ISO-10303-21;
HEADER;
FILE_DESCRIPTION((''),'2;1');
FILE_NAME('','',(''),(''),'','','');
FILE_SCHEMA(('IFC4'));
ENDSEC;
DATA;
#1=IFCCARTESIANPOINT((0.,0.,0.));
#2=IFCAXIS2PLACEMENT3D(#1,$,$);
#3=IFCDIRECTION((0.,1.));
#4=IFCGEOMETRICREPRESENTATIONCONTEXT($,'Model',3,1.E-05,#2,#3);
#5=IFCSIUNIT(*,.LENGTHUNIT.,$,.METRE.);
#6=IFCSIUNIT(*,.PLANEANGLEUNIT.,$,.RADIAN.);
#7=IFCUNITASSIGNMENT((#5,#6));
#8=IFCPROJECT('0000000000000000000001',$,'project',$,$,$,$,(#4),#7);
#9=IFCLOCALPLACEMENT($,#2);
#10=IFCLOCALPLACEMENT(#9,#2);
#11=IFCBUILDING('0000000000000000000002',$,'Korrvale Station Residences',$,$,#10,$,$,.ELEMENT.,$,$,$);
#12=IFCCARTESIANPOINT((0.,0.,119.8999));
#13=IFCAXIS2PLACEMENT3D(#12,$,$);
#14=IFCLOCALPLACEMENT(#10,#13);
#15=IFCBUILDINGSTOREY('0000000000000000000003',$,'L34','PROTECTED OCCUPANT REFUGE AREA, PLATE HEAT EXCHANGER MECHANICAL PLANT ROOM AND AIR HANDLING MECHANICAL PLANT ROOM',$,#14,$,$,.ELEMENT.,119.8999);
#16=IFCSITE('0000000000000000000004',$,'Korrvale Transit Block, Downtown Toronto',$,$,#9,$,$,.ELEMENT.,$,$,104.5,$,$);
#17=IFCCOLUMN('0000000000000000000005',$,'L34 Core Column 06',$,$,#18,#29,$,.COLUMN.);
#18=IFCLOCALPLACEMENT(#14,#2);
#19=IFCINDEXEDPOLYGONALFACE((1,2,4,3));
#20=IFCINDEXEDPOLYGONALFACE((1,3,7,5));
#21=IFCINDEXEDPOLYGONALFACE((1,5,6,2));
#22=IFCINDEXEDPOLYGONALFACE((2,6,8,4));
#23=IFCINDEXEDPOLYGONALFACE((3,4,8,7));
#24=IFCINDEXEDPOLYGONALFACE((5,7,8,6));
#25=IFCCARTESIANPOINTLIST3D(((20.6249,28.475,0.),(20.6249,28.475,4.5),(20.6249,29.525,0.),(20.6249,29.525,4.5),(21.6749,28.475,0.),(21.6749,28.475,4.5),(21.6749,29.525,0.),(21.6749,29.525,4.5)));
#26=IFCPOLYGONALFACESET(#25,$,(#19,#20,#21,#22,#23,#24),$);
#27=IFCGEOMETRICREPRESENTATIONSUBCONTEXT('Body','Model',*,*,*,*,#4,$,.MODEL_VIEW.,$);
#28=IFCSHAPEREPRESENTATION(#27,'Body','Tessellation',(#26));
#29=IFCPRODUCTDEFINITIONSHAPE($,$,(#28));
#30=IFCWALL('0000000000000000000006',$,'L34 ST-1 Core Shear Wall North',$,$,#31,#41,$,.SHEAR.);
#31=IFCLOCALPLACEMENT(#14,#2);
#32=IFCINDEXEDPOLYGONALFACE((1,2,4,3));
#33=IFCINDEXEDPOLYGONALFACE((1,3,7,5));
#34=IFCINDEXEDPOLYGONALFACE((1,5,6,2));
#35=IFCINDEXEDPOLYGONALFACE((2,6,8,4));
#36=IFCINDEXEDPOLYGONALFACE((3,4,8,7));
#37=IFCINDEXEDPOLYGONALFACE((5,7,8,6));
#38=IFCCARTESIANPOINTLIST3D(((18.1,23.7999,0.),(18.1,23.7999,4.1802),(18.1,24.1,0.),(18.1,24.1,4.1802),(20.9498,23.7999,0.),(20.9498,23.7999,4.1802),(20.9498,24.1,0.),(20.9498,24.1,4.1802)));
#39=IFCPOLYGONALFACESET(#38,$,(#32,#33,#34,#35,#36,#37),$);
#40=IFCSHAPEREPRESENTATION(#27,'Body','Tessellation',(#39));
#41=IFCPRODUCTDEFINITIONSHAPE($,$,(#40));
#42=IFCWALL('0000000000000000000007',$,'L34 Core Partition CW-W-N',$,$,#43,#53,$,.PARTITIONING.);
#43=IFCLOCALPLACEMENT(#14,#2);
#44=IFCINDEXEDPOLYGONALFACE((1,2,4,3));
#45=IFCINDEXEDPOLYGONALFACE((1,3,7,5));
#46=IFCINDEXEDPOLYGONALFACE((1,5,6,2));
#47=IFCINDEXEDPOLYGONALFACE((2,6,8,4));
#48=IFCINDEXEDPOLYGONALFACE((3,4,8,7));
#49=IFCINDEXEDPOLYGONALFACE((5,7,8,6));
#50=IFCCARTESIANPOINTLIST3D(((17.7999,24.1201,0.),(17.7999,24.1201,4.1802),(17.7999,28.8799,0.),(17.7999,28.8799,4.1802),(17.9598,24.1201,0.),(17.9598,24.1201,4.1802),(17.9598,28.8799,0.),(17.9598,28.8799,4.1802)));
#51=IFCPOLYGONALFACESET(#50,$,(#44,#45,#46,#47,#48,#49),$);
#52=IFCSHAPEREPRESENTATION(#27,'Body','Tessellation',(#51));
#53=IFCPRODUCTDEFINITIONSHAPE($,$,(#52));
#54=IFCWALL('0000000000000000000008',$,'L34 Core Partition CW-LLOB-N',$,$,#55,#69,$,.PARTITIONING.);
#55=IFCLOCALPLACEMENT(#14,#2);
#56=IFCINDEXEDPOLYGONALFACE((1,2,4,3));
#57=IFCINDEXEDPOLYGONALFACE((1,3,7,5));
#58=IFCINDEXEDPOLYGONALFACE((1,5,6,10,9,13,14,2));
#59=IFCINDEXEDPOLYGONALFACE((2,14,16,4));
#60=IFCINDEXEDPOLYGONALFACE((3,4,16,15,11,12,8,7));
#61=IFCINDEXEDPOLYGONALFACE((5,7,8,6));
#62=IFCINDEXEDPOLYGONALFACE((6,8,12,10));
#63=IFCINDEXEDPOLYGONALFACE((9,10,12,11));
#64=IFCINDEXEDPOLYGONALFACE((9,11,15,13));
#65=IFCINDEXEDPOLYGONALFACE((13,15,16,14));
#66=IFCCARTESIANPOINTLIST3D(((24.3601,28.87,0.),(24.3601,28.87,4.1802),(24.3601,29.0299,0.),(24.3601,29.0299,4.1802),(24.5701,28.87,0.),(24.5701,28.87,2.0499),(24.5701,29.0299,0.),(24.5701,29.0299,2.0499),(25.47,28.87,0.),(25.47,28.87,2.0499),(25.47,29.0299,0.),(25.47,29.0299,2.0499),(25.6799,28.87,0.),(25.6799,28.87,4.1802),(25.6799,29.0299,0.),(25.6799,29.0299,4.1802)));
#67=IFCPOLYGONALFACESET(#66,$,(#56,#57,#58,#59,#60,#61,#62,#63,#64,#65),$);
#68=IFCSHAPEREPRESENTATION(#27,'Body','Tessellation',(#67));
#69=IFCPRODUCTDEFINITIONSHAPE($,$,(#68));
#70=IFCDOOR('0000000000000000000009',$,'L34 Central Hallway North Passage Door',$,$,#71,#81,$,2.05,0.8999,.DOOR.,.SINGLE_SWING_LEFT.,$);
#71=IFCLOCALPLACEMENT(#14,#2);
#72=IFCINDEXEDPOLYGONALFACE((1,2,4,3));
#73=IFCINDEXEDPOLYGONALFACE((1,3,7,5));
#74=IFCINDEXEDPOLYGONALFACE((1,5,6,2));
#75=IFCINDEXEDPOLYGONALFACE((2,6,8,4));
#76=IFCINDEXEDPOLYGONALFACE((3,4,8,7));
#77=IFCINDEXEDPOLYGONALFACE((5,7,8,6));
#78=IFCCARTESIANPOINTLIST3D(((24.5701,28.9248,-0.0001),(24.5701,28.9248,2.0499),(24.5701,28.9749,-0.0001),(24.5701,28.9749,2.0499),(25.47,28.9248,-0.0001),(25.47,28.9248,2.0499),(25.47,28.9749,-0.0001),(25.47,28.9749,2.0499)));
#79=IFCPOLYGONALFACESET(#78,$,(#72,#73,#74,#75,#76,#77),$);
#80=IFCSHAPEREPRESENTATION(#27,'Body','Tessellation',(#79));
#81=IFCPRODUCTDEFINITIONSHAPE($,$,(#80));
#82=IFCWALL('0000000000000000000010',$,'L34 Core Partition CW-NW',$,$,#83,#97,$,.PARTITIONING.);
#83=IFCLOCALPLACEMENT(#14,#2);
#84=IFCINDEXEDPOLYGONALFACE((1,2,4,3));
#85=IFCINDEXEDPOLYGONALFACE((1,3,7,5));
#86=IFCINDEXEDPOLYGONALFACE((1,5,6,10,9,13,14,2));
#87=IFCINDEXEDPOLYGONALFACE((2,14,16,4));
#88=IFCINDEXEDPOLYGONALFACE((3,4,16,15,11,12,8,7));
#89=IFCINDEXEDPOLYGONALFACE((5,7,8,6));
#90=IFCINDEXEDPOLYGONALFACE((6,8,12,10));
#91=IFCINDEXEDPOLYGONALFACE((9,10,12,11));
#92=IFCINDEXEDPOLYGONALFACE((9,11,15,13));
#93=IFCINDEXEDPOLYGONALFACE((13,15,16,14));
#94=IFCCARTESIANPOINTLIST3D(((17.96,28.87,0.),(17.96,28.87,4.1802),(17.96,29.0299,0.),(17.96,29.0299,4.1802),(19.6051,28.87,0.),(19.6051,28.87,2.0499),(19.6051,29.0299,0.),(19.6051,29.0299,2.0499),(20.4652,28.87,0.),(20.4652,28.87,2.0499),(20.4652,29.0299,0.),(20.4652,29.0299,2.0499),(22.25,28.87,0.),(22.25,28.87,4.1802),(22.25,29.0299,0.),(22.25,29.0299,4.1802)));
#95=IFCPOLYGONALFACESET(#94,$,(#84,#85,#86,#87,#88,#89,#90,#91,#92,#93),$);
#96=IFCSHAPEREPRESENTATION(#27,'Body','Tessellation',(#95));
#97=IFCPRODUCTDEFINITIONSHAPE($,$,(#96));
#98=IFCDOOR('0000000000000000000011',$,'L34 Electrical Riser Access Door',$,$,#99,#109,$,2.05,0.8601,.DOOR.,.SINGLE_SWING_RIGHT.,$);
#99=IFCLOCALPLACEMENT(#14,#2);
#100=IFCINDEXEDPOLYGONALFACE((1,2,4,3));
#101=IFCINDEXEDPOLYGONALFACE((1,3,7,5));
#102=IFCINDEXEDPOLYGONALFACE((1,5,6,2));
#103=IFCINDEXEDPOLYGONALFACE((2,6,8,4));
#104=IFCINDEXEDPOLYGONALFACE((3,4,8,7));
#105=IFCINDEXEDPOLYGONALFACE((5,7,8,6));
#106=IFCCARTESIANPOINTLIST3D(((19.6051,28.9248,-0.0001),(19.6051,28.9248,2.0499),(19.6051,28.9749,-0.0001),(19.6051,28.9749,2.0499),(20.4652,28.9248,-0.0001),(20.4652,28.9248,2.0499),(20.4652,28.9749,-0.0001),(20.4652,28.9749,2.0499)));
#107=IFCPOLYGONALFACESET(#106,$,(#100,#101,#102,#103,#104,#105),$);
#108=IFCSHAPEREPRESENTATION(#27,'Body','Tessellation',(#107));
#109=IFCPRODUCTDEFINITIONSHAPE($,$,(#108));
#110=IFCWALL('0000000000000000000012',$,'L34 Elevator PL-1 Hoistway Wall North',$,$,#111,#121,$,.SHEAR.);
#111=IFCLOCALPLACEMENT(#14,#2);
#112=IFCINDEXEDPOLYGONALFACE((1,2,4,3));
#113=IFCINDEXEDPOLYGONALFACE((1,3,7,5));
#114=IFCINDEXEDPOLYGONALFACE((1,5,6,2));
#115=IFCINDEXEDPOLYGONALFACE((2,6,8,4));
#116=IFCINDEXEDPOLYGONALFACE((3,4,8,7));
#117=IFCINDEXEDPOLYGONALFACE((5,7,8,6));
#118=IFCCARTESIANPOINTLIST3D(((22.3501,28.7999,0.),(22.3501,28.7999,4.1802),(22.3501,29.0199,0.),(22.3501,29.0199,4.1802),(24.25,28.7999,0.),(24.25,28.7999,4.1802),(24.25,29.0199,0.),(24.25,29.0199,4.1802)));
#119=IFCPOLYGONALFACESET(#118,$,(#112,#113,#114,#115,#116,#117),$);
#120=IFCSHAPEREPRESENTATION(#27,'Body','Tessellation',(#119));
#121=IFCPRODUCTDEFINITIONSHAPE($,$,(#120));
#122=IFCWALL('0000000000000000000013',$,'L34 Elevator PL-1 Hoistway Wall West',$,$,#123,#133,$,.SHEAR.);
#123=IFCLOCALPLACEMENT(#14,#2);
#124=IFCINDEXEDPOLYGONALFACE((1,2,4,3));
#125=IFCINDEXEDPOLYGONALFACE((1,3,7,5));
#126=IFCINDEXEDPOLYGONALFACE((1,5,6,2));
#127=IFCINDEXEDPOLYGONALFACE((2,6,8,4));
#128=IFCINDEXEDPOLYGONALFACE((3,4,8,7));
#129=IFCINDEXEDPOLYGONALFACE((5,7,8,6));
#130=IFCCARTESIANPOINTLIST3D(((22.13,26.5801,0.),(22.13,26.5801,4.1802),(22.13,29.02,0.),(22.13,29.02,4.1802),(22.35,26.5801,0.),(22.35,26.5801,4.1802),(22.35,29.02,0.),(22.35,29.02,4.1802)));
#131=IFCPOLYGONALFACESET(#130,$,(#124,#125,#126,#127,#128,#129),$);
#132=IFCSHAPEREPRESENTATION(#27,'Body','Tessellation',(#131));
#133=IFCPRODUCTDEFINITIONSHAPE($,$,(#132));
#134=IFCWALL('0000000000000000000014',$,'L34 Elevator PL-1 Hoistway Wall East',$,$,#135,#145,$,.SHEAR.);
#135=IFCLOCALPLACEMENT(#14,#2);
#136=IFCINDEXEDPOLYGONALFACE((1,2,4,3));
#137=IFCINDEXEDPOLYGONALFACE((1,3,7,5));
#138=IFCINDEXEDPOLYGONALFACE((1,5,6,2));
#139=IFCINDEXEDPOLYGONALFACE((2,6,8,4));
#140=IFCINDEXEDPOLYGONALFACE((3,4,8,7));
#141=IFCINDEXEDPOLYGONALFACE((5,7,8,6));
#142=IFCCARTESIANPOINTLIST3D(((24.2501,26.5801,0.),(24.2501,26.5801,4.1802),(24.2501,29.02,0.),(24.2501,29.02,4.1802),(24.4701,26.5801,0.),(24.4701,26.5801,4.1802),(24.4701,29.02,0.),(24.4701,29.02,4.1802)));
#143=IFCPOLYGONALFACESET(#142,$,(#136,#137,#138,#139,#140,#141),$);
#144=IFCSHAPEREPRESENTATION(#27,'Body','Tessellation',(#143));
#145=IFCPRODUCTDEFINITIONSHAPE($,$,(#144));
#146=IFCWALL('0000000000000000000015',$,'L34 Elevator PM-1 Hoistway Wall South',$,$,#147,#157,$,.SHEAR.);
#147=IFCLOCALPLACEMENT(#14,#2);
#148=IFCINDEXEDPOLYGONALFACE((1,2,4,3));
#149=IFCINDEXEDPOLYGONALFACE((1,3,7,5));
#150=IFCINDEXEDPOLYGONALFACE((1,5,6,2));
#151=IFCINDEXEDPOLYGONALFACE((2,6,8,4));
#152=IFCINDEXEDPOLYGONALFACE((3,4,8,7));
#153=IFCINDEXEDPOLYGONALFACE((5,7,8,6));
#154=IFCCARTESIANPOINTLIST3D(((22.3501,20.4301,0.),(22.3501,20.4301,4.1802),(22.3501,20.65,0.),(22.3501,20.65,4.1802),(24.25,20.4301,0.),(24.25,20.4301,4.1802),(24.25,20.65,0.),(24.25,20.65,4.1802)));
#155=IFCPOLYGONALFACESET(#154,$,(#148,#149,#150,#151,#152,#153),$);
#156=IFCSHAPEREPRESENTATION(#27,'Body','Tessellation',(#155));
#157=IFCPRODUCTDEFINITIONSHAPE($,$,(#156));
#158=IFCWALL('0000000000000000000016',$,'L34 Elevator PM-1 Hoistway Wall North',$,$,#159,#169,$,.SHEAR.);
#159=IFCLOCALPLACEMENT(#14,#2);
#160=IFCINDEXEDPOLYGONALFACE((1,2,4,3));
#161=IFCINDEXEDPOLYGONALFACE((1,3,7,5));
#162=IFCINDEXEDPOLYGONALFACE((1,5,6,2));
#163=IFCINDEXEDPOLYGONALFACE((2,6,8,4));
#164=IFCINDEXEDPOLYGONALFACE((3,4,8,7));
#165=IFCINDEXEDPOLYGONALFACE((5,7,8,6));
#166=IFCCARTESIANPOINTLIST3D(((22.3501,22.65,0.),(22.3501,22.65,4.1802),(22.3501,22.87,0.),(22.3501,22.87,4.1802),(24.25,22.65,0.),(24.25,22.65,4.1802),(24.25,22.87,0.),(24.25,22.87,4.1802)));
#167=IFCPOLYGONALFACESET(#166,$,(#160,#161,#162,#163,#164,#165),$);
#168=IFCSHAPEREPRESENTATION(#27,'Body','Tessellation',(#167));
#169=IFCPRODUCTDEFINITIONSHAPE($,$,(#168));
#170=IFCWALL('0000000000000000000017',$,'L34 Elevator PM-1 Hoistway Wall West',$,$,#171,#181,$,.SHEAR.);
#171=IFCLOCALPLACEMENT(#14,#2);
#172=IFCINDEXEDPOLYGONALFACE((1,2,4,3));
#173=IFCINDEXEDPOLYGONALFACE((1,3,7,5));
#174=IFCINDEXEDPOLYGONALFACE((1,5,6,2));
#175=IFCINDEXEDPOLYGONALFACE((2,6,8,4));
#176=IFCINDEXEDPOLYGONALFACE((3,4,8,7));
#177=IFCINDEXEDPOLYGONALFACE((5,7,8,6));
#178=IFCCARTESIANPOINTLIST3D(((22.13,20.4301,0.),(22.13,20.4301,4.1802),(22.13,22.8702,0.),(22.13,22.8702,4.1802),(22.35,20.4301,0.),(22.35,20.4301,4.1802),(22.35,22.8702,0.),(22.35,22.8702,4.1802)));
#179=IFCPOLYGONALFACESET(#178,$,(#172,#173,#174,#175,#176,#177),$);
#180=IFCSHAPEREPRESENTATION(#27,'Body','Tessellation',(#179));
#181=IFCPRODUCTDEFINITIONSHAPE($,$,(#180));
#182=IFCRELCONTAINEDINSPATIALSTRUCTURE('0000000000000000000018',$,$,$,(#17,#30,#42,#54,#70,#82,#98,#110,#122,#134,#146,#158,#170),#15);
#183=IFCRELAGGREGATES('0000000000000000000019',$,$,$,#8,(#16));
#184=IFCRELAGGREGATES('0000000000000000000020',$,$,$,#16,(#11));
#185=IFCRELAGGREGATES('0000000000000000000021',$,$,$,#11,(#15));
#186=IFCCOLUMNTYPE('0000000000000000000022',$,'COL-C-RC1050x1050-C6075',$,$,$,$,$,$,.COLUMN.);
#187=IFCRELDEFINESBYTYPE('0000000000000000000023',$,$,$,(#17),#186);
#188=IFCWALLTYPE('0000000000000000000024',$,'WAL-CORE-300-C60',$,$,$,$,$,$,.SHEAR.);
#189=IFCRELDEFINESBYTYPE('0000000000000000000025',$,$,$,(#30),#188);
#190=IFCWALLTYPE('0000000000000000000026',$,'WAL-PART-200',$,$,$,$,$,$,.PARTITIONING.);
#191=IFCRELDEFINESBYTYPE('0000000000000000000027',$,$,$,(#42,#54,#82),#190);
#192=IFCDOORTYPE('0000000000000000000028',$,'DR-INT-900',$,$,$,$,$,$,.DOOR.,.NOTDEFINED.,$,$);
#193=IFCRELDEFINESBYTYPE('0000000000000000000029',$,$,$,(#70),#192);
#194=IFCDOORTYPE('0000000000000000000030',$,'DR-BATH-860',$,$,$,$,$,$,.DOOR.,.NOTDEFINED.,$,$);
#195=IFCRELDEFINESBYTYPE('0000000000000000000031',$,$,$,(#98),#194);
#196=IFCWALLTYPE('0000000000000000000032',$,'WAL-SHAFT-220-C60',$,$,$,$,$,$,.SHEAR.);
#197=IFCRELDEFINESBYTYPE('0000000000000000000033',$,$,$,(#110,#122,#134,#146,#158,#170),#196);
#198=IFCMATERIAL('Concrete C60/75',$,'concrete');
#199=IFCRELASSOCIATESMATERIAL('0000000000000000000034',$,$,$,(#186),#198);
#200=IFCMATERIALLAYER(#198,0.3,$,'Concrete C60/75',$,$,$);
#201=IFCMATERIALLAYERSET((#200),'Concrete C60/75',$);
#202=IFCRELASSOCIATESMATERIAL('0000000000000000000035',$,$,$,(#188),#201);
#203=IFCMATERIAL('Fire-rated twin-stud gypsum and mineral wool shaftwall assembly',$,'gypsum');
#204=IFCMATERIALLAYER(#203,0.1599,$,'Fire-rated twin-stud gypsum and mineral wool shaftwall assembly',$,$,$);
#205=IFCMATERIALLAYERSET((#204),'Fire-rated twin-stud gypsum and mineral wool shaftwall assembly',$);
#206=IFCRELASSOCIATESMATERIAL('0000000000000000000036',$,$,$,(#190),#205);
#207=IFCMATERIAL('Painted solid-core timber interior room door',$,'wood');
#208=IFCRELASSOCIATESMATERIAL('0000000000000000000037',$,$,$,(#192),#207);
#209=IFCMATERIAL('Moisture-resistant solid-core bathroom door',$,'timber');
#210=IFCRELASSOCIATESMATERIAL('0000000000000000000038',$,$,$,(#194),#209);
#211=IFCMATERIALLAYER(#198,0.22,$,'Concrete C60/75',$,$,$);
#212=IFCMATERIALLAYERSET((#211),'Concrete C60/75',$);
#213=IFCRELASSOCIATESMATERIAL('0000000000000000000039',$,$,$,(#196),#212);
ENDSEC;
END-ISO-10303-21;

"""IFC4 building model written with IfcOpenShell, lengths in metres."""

from ifc_helpers import new_model, si_unit, direction, frame, frame_2d, origin, origin_2d, place, context, subcontext, project, spatial, rectangle, extrude, material, layer, layer_set, material_profile, profile_set, type_object, element, fill, save


model = new_model("IFC4")

# Units and contexts
model_context = context("Model", 3, precision=1e-05, world=origin(), true_north=direction((0.0, 1.0)))
body_context = subcontext(model_context, "Body", "Model", "MODEL_VIEW")
ifc_project = project(units=[si_unit("LENGTHUNIT", "METRE"), si_unit("PLANEANGLEUNIT", "RADIAN")], contexts=[model_context])

# Site, building, storey
site_placement = place(None, origin())
site = spatial("IfcSite", under=ifc_project, at=site_placement, Name="Korrvale Transit Block, Downtown Toronto", CompositionType="ELEMENT", RefElevation=104.5)
building_placement = place(site_placement, origin())
building = spatial("IfcBuilding", under=site, at=building_placement, Name="Korrvale Station Residences", CompositionType="ELEMENT")
storey_placement = place(building_placement, frame((0.0, 0.0, 119.8999)))
storey = spatial("IfcBuildingStorey", under=building, at=storey_placement, Name="L34", Description="PROTECTED OCCUPANT REFUGE AREA, PLATE HEAT EXCHANGER MECHANICAL PLANT ROOM AND AIR HANDLING MECHANICAL PLANT ROOM", CompositionType="ELEMENT", Elevation=119.8999)

# Column
ifc_material_1 = material(Name="Concrete C60/75", Category="concrete")
ifc_material_profile = material_profile(ifc_material_1, rectangle(XDim=1.05, YDim=1.05, at=origin_2d()), Name="RC1050x1050")
ifc_profile_set = profile_set([ifc_material_profile], Name="Concrete C60/75")
column_type = type_object("IfcColumnType", Name="COL-C-RC1050x1050-C6075", PredefinedType="COLUMN", material=ifc_profile_set)
column_placement = place(storey_placement, frame((21.1499, 29.0, 0.0), z_axis=(0.0, 0.0, 1.0), x_axis=(1.0, 0.0, 0.0)))
element("IfcColumn", 1, at=column_placement, inside=storey, type_object=column_type, Name="L34 Core Column 06", PredefinedType="COLUMN", context=body_context, shape_type="SweptSolid", body=[
    extrude(rectangle(XDim=1.05, YDim=1.05, at=origin_2d()), origin(), (0.0, 0.0, 1.0), 4.5),
])

# Walls
ifc_layer_1 = layer(ifc_material_1, 0.3, Name="Concrete C60/75")
ifc_layer_set_1 = layer_set([ifc_layer_1], Name="Concrete C60/75")
wall_type_1 = type_object("IfcWallType", Name="WAL-CORE-300-C60", PredefinedType="SHEAR", material=ifc_layer_set_1)
wall_1_placement = place(storey_placement, frame((18.1001, 23.95, 0.0), z_axis=(0.0, 0.0, 1.0), x_axis=(1.0, 0.0, 0.0)))
element("IfcWall", 2, at=wall_1_placement, inside=storey, type_object=wall_type_1, Name="L34 ST-1 Core Shear Wall North", PredefinedType="SHEAR", context=body_context, shape_type="SweptSolid", body=[
    extrude(rectangle(XDim=2.8499, YDim=0.3, at=frame_2d((1.4248, 0.0))), origin(), (0.0, 0.0, 1.0), 4.1802),
])
ifc_material_2 = material(Name="Fire-rated twin-stud gypsum and mineral wool shaftwall assembly", Category="gypsum")
ifc_layer_2 = layer(ifc_material_2, 0.1599, Name="Fire-rated twin-stud gypsum and mineral wool shaftwall assembly")
ifc_layer_set_2 = layer_set([ifc_layer_2], Name="Fire-rated twin-stud gypsum and mineral wool shaftwall assembly")
wall_type_2 = type_object("IfcWallType", Name="WAL-PART-200", PredefinedType="PARTITIONING", material=ifc_layer_set_2)
wall_2_placement = place(storey_placement, frame((17.8799, 24.1201, 0.0), z_axis=(0.0, 0.0, 1.0), x_axis=(0.0, 1.0, 0.0)))
element("IfcWall", 3, at=wall_2_placement, inside=storey, type_object=wall_type_2, Name="L34 Core Partition CW-W-N", PredefinedType="PARTITIONING", context=body_context, shape_type="SweptSolid", body=[
    extrude(rectangle(XDim=4.7598, YDim=0.1599, at=frame_2d((2.3799, 0.0))), origin(), (0.0, 0.0, 1.0), 4.1802),
])

# Walls, openings, doors
wall_3_placement = place(storey_placement, frame((24.3601, 28.95, 0.0), z_axis=(0.0, 0.0, 1.0), x_axis=(1.0, 0.0, 0.0)))
wall_3 = element("IfcWall", 4, at=wall_3_placement, inside=storey, type_object=wall_type_2, Name="L34 Core Partition CW-LLOB-N", PredefinedType="PARTITIONING", context=body_context, shape_type="SweptSolid", body=[
    extrude(rectangle(XDim=1.3198, YDim=0.1599, at=frame_2d((0.6599, 0.0))), origin(), (0.0, 0.0, 1.0), 4.1802),
])
opening_1_placement = place(wall_3_placement, frame((0.21, 0.0, 0.0)))
opening_1 = element("IfcOpeningElement", 5, at=opening_1_placement, cuts=wall_3, PredefinedType="OPENING", context=body_context, shape_type="SweptSolid", body=[
    extrude(rectangle(XDim=0.8999, YDim=2.05, at=frame_2d((0.45, 1.0249))), frame((0.0, 0.0898, 0.0), z_axis=(0.0, -1.0, 0.0), x_axis=(1.0, 0.0, 0.0)), (0.0, 0.0, 1.0), 0.1799),
])
ifc_material_3 = material(Name="Painted solid-core timber interior room door", Category="wood")
door_type_1 = type_object("IfcDoorType", Name="DR-INT-900", OperationType="NOTDEFINED", PredefinedType="DOOR", material=ifc_material_3)
door_1_placement = place(opening_1_placement, origin())
door_1 = element("IfcDoor", 6, at=door_1_placement, inside=storey, type_object=door_type_1, Name="L34 Central Hallway North Passage Door", OperationType="SINGLE_SWING_LEFT", OverallHeight=2.05, OverallWidth=0.8999, PredefinedType="DOOR", context=body_context, shape_type="SweptSolid", body=[
    extrude(rectangle(XDim=0.8999, YDim=2.05, at=frame_2d((0.45, 1.0249))), frame((0.0, 0.0249, 0.0), z_axis=(0.0, -1.0, 0.0), x_axis=(1.0, 0.0, 0.0)), (0.0, 0.0, 1.0), 0.05),
])
fill(opening_1, door_1)
wall_4_placement = place(storey_placement, frame((17.96, 28.95, 0.0), z_axis=(0.0, 0.0, 1.0), x_axis=(1.0, 0.0, 0.0)))
wall_4 = element("IfcWall", 7, at=wall_4_placement, inside=storey, type_object=wall_type_2, Name="L34 Core Partition CW-NW", PredefinedType="PARTITIONING", context=body_context, shape_type="SweptSolid", body=[
    extrude(rectangle(XDim=4.29, YDim=0.1599, at=frame_2d((2.145, 0.0))), origin(), (0.0, 0.0, 1.0), 4.1802),
])
opening_2_placement = place(wall_4_placement, frame((1.645, 0.0, 0.0)))
opening_2 = element("IfcOpeningElement", 8, at=opening_2_placement, cuts=wall_4, PredefinedType="OPENING", context=body_context, shape_type="SweptSolid", body=[
    extrude(rectangle(XDim=0.8601, YDim=2.05, at=frame_2d((0.4302, 1.0249))), frame((0.0, 0.0898, 0.0), z_axis=(0.0, -1.0, 0.0), x_axis=(1.0, 0.0, 0.0)), (0.0, 0.0, 1.0), 0.1799),
])
ifc_material_4 = material(Name="Moisture-resistant solid-core bathroom door", Category="timber")
door_type_2 = type_object("IfcDoorType", Name="DR-BATH-860", OperationType="NOTDEFINED", PredefinedType="DOOR", material=ifc_material_4)
door_2_placement = place(opening_2_placement, origin())
door_2 = element("IfcDoor", 9, at=door_2_placement, inside=storey, type_object=door_type_2, Name="L34 Electrical Riser Access Door", OperationType="SINGLE_SWING_RIGHT", OverallHeight=2.05, OverallWidth=0.8601, PredefinedType="DOOR", context=body_context, shape_type="SweptSolid", body=[
    extrude(rectangle(XDim=0.8601, YDim=2.05, at=frame_2d((0.4302, 1.0249))), frame((0.0, 0.0249, 0.0), z_axis=(0.0, -1.0, 0.0), x_axis=(1.0, 0.0, 0.0)), (0.0, 0.0, 1.0), 0.05),
])
fill(opening_2, door_2)
ifc_layer_3 = layer(ifc_material_1, 0.22, Name="Concrete C60/75")
ifc_layer_set_3 = layer_set([ifc_layer_3], Name="Concrete C60/75")
wall_type_3 = type_object("IfcWallType", Name="WAL-SHAFT-220-C60", PredefinedType="SHEAR", material=ifc_layer_set_3)

# Walls
wall_5_placement = place(storey_placement, frame((22.3501, 28.9099, 0.0), z_axis=(0.0, 0.0, 1.0), x_axis=(1.0, 0.0, 0.0)))
element("IfcWall", 10, at=wall_5_placement, inside=storey, type_object=wall_type_3, Name="L34 Elevator PL-1 Hoistway Wall North", PredefinedType="SHEAR", context=body_context, shape_type="SweptSolid", body=[
    extrude(rectangle(XDim=1.8999, YDim=0.22, at=frame_2d((0.95, 0.0))), origin(), (0.0, 0.0, 1.0), 4.1802),
])
for number, where, z_axis, x_axis, name in (
    (11, (22.24, 26.5801, 0.0), (0.0, 0.0, 1.0), (0.0, 1.0, 0.0), "L34 Elevator PL-1 Hoistway Wall West"),
    (12, (24.3601, 26.5801, 0.0), (0.0, 0.0, 1.0), (0.0, 1.0, 0.0), "L34 Elevator PL-1 Hoistway Wall East"),
):
    element("IfcWall", number, at=place(storey_placement, frame(where, z_axis=z_axis, x_axis=x_axis)), inside=storey, type_object=wall_type_3, Name=name, PredefinedType="SHEAR", context=body_context, shape_type="SweptSolid", body=[
        extrude(rectangle(XDim=2.4399, YDim=0.22, at=frame_2d((1.22, 0.0))), origin(), (0.0, 0.0, 1.0), 4.1802),
    ])
for number, where, z_axis, x_axis, name in (
    (13, (22.3501, 20.54, 0.0), (0.0, 0.0, 1.0), (1.0, 0.0, 0.0), "L34 Elevator PM-1 Hoistway Wall South"),
    (14, (22.3501, 22.76, 0.0), (0.0, 0.0, 1.0), (1.0, 0.0, 0.0), "L34 Elevator PM-1 Hoistway Wall North"),
):
    element("IfcWall", number, at=place(storey_placement, frame(where, z_axis=z_axis, x_axis=x_axis)), inside=storey, type_object=wall_type_3, Name=name, PredefinedType="SHEAR", context=body_context, shape_type="SweptSolid", body=[
        extrude(rectangle(XDim=1.8999, YDim=0.22, at=frame_2d((0.95, 0.0))), origin(), (0.0, 0.0, 1.0), 4.1802),
    ])
for number, where, z_axis, x_axis, name in (
    (15, (22.24, 20.4299, 0.0), (0.0, 0.0, 1.0), (0.0, 1.0, 0.0), "L34 Elevator PM-1 Hoistway Wall West"),
):
    element("IfcWall", number, at=place(storey_placement, frame(where, z_axis=z_axis, x_axis=x_axis)), inside=storey, type_object=wall_type_3, Name=name, PredefinedType="SHEAR", context=body_context, shape_type="SweptSolid", body=[
        extrude(rectangle(XDim=2.4402, YDim=0.22, at=frame_2d((1.2202, 0.0))), origin(), (0.0, 0.0, 1.0), 4.1802),
    ])

save(model, "model.ifc")
